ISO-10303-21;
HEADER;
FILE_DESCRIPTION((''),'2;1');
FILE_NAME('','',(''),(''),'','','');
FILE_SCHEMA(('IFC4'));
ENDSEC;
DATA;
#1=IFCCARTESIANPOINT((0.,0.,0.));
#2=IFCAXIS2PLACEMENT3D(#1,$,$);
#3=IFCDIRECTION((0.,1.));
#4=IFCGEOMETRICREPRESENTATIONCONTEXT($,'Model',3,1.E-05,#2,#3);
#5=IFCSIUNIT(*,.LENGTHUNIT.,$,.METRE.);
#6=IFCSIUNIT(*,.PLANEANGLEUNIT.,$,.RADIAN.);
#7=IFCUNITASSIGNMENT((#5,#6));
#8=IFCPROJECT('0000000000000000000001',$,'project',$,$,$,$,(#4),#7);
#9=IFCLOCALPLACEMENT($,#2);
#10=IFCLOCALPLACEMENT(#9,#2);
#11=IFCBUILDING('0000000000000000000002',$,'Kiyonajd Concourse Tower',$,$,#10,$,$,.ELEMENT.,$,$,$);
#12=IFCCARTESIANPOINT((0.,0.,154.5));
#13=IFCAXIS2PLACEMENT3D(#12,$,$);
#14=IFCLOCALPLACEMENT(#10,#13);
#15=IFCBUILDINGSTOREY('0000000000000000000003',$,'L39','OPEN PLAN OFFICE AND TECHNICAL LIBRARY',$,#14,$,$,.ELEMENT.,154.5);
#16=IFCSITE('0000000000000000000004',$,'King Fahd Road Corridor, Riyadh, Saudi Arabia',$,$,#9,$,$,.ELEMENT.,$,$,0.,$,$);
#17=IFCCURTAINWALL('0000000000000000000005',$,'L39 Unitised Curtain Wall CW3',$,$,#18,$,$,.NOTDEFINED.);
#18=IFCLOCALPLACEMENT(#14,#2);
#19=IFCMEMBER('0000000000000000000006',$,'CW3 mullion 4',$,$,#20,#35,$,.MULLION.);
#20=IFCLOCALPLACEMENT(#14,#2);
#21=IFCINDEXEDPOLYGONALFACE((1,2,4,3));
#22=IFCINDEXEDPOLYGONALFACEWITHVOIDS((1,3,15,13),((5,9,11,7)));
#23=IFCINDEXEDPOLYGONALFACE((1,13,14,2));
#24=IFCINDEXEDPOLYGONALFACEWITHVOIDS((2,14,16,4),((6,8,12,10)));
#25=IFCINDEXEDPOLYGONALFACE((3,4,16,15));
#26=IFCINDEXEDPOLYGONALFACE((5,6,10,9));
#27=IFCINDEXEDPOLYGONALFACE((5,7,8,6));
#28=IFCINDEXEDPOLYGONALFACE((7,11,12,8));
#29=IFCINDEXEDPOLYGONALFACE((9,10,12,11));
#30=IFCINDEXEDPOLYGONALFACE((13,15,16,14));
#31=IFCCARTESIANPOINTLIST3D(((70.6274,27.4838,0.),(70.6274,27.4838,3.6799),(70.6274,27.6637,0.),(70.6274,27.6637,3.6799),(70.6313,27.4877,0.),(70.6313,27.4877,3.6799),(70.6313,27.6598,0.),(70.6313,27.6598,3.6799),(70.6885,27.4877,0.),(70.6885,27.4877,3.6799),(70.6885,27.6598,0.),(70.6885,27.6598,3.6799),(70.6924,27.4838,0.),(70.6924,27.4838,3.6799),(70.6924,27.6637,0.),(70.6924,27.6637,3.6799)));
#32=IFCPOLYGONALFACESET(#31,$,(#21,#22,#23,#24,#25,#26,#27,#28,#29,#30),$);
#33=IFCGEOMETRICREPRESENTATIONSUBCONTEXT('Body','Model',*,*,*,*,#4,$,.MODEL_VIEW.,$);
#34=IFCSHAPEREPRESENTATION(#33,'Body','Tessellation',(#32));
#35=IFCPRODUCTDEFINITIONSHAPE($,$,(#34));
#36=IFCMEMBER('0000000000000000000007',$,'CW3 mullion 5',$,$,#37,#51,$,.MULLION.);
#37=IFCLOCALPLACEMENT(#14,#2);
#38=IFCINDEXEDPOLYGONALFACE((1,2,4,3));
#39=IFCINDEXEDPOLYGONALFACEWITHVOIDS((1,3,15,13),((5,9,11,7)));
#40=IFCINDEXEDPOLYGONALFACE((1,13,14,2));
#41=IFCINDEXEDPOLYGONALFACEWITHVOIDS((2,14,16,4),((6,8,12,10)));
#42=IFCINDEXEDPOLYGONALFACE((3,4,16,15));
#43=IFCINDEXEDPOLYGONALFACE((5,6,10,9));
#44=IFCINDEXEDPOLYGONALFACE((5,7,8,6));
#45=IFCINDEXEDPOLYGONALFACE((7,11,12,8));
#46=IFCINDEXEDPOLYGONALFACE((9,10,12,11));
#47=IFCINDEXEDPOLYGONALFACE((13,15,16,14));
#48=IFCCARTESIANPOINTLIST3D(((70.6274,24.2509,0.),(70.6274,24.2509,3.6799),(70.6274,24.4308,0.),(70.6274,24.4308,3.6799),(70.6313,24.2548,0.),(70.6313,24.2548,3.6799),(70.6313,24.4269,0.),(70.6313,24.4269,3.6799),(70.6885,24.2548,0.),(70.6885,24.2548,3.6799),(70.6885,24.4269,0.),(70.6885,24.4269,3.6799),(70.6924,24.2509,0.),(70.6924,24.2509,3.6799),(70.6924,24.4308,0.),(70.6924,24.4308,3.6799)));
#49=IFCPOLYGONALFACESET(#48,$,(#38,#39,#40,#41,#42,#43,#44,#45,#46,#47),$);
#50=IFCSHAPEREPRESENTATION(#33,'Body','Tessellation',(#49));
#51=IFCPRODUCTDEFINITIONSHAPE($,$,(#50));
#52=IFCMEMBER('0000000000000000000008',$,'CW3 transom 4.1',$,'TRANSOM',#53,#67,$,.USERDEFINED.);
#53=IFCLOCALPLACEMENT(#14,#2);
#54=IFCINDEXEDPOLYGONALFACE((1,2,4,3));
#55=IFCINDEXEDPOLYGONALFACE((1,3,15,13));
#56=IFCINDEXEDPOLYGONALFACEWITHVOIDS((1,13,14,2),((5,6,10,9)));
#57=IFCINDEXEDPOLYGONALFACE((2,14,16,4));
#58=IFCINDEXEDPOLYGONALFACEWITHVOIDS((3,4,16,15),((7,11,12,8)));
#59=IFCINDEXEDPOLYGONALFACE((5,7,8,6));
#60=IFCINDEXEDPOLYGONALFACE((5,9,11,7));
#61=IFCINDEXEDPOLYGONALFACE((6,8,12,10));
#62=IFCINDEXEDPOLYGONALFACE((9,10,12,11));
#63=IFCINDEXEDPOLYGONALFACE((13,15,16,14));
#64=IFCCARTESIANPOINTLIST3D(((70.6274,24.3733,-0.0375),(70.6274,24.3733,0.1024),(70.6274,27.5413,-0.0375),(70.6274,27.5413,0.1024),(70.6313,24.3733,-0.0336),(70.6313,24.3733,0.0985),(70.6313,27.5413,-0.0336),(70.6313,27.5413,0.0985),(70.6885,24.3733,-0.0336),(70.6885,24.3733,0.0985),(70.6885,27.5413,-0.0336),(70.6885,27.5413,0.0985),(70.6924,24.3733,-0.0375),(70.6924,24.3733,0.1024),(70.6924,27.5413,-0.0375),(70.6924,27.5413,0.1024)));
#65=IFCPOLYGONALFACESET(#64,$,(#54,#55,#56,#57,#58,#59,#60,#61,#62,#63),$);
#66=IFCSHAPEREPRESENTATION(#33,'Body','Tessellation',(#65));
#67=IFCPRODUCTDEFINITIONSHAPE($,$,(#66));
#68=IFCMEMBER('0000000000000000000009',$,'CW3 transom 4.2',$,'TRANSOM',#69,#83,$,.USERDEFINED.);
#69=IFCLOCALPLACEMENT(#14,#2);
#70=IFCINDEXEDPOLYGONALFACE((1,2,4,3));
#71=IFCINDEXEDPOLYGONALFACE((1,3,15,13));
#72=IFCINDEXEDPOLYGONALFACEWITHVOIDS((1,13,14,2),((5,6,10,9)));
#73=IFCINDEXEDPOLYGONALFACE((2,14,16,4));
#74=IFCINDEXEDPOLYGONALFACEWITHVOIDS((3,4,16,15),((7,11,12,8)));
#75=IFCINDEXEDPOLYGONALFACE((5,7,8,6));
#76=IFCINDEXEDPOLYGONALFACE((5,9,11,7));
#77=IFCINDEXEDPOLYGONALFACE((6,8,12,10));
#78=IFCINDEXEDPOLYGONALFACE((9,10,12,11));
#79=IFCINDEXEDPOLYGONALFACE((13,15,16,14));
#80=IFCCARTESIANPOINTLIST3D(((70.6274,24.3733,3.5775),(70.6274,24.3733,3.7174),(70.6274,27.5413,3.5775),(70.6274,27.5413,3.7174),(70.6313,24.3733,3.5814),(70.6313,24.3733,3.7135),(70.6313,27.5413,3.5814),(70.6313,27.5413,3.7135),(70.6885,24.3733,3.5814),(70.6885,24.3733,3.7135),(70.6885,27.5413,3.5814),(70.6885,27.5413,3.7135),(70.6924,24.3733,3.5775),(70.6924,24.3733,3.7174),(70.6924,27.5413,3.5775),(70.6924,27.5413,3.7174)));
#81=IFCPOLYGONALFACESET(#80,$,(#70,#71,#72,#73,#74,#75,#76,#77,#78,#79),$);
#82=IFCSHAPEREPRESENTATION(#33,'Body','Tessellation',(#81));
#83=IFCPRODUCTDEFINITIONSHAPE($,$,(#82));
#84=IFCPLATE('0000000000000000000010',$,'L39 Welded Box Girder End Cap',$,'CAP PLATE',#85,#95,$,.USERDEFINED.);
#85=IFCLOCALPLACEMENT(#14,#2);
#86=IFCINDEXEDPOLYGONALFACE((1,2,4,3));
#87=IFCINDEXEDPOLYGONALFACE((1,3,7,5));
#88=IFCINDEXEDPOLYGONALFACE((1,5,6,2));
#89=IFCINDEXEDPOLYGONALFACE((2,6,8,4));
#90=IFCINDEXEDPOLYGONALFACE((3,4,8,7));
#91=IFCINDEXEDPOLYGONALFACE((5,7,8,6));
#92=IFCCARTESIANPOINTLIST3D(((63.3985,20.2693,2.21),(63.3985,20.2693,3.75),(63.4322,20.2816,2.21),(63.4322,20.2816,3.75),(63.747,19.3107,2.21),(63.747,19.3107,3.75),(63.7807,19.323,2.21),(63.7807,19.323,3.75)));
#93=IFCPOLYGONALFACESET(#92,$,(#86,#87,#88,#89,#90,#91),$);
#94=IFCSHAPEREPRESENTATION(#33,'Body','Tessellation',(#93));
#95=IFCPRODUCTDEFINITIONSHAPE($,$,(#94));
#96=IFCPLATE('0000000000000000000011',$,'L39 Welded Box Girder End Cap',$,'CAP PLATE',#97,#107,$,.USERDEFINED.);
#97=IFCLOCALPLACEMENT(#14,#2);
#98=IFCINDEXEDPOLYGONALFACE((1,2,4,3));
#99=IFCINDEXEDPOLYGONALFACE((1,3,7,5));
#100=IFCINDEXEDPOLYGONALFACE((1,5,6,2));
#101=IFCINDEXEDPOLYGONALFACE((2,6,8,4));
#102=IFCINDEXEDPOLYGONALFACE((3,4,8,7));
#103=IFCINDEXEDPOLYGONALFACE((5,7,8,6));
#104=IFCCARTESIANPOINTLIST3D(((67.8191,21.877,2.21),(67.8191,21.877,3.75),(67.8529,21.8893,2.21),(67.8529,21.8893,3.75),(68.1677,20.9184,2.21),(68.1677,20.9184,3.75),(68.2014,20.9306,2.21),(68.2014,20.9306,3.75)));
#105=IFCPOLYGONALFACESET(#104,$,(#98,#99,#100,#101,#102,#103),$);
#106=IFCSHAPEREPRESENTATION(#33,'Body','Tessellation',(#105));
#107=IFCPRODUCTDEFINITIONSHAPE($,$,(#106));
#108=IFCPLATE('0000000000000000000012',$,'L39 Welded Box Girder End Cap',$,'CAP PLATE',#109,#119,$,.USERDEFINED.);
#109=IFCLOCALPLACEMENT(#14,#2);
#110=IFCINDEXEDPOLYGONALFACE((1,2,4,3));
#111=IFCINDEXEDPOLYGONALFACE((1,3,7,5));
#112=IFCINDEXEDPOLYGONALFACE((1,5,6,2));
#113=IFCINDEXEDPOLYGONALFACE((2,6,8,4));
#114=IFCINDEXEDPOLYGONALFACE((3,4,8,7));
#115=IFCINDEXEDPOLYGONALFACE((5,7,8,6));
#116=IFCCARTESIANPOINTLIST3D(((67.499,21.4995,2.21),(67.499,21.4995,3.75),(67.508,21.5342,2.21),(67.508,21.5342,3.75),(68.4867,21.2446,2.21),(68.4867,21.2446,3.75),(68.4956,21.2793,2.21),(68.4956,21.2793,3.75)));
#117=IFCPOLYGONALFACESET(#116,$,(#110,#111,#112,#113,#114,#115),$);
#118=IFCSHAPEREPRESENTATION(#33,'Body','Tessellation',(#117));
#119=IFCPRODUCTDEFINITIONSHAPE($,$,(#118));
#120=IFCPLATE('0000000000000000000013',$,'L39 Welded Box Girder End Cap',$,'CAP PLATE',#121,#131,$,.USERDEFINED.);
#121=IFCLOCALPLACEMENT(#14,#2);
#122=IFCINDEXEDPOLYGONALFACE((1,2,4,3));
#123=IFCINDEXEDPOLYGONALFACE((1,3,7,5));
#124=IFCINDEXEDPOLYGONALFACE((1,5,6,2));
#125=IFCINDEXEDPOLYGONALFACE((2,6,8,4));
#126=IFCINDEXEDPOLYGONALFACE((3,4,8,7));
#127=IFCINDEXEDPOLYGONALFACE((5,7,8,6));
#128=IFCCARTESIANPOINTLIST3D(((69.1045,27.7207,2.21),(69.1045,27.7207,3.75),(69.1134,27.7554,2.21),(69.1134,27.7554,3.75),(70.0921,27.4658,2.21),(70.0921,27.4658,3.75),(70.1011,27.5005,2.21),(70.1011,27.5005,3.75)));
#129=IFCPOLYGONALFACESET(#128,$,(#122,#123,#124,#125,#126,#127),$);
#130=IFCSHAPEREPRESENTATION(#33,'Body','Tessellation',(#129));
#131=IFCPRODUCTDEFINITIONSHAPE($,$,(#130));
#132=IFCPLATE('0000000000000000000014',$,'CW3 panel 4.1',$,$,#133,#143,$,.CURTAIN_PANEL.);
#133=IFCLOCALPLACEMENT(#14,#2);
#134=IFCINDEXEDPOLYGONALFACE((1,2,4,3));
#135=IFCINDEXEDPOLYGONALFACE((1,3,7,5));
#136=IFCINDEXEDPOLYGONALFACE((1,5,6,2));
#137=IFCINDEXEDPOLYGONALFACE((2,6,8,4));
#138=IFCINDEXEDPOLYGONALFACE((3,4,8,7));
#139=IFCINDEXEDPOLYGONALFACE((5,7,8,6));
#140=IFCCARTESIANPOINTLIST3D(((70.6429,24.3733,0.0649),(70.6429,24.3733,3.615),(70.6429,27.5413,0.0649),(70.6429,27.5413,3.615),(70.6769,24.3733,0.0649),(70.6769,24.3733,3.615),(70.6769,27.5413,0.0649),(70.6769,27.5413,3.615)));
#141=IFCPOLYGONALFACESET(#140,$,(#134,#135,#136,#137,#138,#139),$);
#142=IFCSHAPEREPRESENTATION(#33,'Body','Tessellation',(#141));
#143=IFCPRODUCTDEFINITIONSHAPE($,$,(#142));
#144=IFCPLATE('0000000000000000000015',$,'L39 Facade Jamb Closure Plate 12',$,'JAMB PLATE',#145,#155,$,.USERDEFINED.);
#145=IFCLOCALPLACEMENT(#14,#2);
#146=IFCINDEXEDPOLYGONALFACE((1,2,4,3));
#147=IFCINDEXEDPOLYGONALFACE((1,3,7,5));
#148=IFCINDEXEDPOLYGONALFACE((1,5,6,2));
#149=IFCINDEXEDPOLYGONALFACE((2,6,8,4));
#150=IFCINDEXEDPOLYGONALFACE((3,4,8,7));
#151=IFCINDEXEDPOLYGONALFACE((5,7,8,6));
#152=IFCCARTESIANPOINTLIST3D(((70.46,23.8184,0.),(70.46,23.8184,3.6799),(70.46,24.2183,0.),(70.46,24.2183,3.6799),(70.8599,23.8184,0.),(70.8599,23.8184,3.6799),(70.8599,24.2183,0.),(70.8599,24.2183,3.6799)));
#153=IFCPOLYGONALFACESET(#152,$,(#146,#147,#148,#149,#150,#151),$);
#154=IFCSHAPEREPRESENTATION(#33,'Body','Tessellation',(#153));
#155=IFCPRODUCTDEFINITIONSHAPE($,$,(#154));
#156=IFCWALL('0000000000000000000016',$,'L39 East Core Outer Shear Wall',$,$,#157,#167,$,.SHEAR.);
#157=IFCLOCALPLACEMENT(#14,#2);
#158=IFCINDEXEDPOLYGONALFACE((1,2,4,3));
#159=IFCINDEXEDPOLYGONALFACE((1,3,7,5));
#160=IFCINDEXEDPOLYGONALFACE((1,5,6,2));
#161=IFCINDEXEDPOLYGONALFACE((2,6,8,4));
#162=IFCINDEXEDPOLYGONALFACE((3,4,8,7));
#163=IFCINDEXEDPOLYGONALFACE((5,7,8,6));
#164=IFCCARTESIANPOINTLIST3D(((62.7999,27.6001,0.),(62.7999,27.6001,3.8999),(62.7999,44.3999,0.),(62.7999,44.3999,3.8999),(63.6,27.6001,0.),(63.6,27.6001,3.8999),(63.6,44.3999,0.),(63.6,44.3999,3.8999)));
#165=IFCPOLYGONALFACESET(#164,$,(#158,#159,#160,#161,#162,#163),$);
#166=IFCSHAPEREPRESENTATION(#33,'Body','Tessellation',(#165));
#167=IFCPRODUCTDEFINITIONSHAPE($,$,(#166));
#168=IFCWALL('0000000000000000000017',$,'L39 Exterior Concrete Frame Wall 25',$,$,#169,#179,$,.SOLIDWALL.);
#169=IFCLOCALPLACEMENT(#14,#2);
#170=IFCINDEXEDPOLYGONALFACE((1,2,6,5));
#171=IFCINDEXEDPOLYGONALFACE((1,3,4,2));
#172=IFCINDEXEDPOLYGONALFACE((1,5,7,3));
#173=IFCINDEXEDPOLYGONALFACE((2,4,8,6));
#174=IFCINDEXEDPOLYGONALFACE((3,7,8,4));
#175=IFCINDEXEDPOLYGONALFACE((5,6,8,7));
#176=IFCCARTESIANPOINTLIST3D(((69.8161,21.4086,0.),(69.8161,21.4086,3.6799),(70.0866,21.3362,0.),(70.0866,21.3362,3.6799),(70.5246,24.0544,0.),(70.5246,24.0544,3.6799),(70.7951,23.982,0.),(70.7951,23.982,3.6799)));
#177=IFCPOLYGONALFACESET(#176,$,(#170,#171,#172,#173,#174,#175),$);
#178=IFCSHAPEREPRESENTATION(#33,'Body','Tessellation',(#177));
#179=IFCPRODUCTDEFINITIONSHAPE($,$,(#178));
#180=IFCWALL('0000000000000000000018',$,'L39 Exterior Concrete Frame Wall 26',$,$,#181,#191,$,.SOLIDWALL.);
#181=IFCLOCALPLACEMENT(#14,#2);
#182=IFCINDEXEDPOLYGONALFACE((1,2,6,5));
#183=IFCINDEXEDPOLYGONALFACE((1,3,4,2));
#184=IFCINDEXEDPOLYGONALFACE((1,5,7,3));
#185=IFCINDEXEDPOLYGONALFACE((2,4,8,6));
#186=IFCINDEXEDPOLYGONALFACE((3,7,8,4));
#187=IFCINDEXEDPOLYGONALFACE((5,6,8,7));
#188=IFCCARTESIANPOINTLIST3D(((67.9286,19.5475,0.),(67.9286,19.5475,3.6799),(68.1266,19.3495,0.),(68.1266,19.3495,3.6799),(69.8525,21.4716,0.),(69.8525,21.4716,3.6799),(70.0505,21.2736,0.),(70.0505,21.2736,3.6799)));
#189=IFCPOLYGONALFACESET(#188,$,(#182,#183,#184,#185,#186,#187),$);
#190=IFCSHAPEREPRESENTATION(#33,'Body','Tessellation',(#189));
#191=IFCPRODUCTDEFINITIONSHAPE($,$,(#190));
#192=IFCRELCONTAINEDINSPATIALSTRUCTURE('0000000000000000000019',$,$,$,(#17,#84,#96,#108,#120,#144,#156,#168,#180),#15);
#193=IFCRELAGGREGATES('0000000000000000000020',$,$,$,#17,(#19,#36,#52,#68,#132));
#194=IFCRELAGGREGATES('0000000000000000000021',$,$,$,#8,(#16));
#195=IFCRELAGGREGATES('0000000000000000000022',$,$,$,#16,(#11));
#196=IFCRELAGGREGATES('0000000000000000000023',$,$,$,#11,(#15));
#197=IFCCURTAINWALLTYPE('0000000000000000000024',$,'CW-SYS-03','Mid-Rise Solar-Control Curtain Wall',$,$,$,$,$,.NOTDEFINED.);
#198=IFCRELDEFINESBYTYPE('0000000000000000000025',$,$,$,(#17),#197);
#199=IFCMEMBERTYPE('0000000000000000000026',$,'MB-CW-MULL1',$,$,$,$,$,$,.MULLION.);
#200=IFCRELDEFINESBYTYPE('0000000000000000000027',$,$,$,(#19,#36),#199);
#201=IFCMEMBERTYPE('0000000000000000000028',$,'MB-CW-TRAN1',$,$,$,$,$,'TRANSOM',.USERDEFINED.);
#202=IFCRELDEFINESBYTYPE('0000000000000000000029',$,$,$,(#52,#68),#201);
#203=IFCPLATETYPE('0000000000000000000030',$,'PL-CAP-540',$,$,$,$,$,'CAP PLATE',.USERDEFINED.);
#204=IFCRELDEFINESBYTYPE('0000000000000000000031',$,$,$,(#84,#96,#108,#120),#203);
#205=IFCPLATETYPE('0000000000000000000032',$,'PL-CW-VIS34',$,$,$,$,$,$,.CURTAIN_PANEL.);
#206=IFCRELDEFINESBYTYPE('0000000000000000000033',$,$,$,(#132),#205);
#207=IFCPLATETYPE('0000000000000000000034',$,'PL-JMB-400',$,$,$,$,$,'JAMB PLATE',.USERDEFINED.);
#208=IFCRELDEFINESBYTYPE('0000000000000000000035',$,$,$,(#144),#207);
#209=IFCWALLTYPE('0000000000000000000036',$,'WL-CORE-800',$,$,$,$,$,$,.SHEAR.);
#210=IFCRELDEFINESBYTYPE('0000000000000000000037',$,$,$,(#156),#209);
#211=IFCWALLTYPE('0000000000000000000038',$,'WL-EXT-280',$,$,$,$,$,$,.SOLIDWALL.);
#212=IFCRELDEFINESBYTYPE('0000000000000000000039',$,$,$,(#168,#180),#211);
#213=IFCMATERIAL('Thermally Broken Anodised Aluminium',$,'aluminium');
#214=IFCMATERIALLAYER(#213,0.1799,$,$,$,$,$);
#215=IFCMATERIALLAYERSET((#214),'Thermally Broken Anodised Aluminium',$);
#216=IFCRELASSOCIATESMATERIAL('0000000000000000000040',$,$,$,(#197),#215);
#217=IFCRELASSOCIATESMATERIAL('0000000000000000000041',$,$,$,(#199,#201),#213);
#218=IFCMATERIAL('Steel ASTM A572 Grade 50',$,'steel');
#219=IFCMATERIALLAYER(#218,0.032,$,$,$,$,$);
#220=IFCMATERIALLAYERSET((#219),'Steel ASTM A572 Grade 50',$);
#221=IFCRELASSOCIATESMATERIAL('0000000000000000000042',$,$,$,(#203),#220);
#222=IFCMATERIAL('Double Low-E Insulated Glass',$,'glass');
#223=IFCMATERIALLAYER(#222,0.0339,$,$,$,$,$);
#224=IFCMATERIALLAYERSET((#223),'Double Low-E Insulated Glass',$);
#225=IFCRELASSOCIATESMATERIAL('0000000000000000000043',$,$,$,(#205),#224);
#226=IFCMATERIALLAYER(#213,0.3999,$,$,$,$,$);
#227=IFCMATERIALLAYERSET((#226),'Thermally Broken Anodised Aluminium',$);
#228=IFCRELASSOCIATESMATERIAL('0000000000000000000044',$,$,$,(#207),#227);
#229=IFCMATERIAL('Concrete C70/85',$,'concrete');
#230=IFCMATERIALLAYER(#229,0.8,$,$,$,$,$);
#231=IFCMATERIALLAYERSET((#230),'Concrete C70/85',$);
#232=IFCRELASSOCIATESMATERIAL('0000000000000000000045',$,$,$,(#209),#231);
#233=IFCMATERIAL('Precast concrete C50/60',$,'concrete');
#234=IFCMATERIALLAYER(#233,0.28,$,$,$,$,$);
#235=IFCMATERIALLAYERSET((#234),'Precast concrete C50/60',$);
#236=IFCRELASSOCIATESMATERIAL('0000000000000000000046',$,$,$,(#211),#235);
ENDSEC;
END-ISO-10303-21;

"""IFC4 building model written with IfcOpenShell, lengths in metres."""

from ifc_helpers import new_model, si_unit, direction, frame, frame_2d, origin, origin_2d, place, context, subcontext, project, spatial, rectangle, hollow_rectangle, extrude, material, layer, layer_set, material_profile, profile_set, type_object, element, aggregate, save


model = new_model("IFC4")

# Units and contexts
model_context = context("Model", 3, precision=1e-05, world=origin(), true_north=direction((0.0, 1.0)))
body_context = subcontext(model_context, "Body", "Model", "MODEL_VIEW")
ifc_project = project(units=[si_unit("LENGTHUNIT", "METRE"), si_unit("PLANEANGLEUNIT", "RADIAN")], contexts=[model_context])

# Site, building, storey
site_placement = place(None, origin())
site = spatial("IfcSite", under=ifc_project, at=site_placement, Name="King Fahd Road Corridor, Riyadh, Saudi Arabia", CompositionType="ELEMENT", RefElevation=0.0)
building_placement = place(site_placement, origin())
building = spatial("IfcBuilding", under=site, at=building_placement, Name="Kiyonajd Concourse Tower", CompositionType="ELEMENT")
storey_placement = place(building_placement, frame((0.0, 0.0, 154.5)))
storey = spatial("IfcBuildingStorey", under=building, at=storey_placement, Name="L39", Description="OPEN PLAN OFFICE AND TECHNICAL LIBRARY", CompositionType="ELEMENT", Elevation=154.5)

# Shared definitions
ifc_material_1 = material(Name="Concrete C70/85", Category="concrete")

# Shared definitions
ifc_material_2 = material(Name="Steel ASTM A572 Grade 50", Category="steel")

# Curtain wall, members
ifc_material_3 = material(Name="Thermally Broken Anodised Aluminium", Category="aluminium")
ifc_layer_1 = layer(ifc_material_3, 0.1799)
ifc_layer_set_1 = layer_set([ifc_layer_1], Name="Thermally Broken Anodised Aluminium")
curtain_wall_type = type_object("IfcCurtainWallType", Name="CW-SYS-03", Description="Mid-Rise Solar-Control Curtain Wall", PredefinedType="NOTDEFINED", material=ifc_layer_set_1)
curtain_wall_placement = place(storey_placement, origin())
curtain_wall = element("IfcCurtainWall", 1, at=curtain_wall_placement, inside=storey, type_object=curtain_wall_type, Name="L39 Unitised Curtain Wall CW3", PredefinedType="NOTDEFINED")
ifc_material_profile_1 = material_profile(ifc_material_3, hollow_rectangle(XDim=0.0649, YDim=0.1799, WallThickness=0.0039, at=origin_2d()), Name="MULL-65x180")
ifc_profile_set_1 = profile_set([ifc_material_profile_1], Name="Thermally Broken Anodised Aluminium")
member_type_1 = type_object("IfcMemberType", Name="MB-CW-MULL1", PredefinedType="MULLION", material=ifc_profile_set_1)
member_1_placement = place(storey_placement, frame((70.6599, 27.5737, 0.0), z_axis=(0.0, 0.0, 1.0), x_axis=(1.0, 0.0, 0.0)))
member_1 = element("IfcMember", 2, at=member_1_placement, type_object=member_type_1, Name="CW3 mullion 4", PredefinedType="MULLION", context=body_context, shape_type="SweptSolid", body=[
    extrude(hollow_rectangle(XDim=0.0649, YDim=0.1799, WallThickness=0.0039, at=origin_2d()), origin(), (0.0, 0.0, 1.0), 3.6799),
])
member_2_placement = place(storey_placement, frame((70.6599, 24.3408, 0.0), z_axis=(0.0, 0.0, 1.0), x_axis=(1.0, 0.0, 0.0)))
member_2 = element("IfcMember", 3, at=member_2_placement, type_object=member_type_1, Name="CW3 mullion 5", PredefinedType="MULLION", context=body_context, shape_type="SweptSolid", body=[
    extrude(hollow_rectangle(XDim=0.0649, YDim=0.1799, WallThickness=0.0039, at=origin_2d()), origin(), (0.0, 0.0, 1.0), 3.6799),
])
ifc_material_profile_2 = material_profile(ifc_material_3, hollow_rectangle(XDim=0.0649, YDim=0.1399, WallThickness=0.0039, at=origin_2d()), Name="TRAN-65x140")
ifc_profile_set_2 = profile_set([ifc_material_profile_2], Name="Thermally Broken Anodised Aluminium")
member_type_2 = type_object("IfcMemberType", Name="MB-CW-TRAN1", ElementType="TRANSOM", PredefinedType="USERDEFINED", material=ifc_profile_set_2)
member_3_placement = place(storey_placement, frame((70.6599, 27.5413, 0.0325), z_axis=(0.0, -1.0, 0.0), x_axis=(1.0, 0.0, 0.0)))
member_3 = element("IfcMember", 4, at=member_3_placement, type_object=member_type_2, Name="CW3 transom 4.1", ObjectType="TRANSOM", PredefinedType="USERDEFINED", context=body_context, shape_type="SweptSolid", body=[
    extrude(hollow_rectangle(XDim=0.0649, YDim=0.1399, WallThickness=0.0039, at=origin_2d()), origin(), (0.0, 0.0, 1.0), 3.168),
])
member_4_placement = place(storey_placement, frame((70.6599, 27.5413, 3.6475), z_axis=(0.0, -1.0, 0.0), x_axis=(1.0, 0.0, 0.0)))
member_4 = element("IfcMember", 5, at=member_4_placement, type_object=member_type_2, Name="CW3 transom 4.2", ObjectType="TRANSOM", PredefinedType="USERDEFINED", context=body_context, shape_type="SweptSolid", body=[
    extrude(hollow_rectangle(XDim=0.0649, YDim=0.1399, WallThickness=0.0039, at=origin_2d()), origin(), (0.0, 0.0, 1.0), 3.168),
])

# Plates
ifc_layer_2 = layer(ifc_material_2, 0.032)
ifc_layer_set_2 = layer_set([ifc_layer_2], Name="Steel ASTM A572 Grade 50")
plate_type_1 = type_object("IfcPlateType", Name="PL-CAP-540", ElementType="CAP PLATE", PredefinedType="USERDEFINED", material=ifc_layer_set_2)
for number, where, z_axis, x_axis, name in (
    (6, (63.5896, 19.7961, 2.21), (0.0, 0.0, 1.0), (-0.939812, -0.341692, 0.0), "L39 Welded Box Girder End Cap"),
    (7, (68.0103, 21.4038, 2.21), (0.0, 0.0, 1.0), (0.939812, 0.341692, 0.0), "L39 Welded Box Girder End Cap"),
    (8, (67.9973, 21.3894, 2.21), (0.0, 0.0, 1.0), (-0.249873, -0.968279, 0.0), "L39 Welded Box Girder End Cap"),
    (9, (69.6028, 27.6106, 2.21), (0.0, 0.0, 1.0), (0.249873, 0.968279, 0.0), "L39 Welded Box Girder End Cap"),
):
    element("IfcPlate", number, at=place(storey_placement, frame(where, z_axis=z_axis, x_axis=x_axis)), inside=storey, type_object=plate_type_1, Name=name, ObjectType="CAP PLATE", PredefinedType="USERDEFINED", context=body_context, shape_type="SweptSolid", body=[
        extrude(rectangle(XDim=0.0359, YDim=1.02, at=origin_2d()), origin(), (0.0, 0.0, 1.0), 1.54),
    ])

# Plates
ifc_material_4 = material(Name="Double Low-E Insulated Glass", Category="glass")
ifc_layer_3 = layer(ifc_material_4, 0.0339)
ifc_layer_set_3 = layer_set([ifc_layer_3], Name="Double Low-E Insulated Glass")
plate_type_2 = type_object("IfcPlateType", Name="PL-CW-VIS34", PredefinedType="CURTAIN_PANEL", material=ifc_layer_set_3)
plate_1_placement = place(storey_placement, frame((70.6599, 25.9573, 0.0649), z_axis=(0.0, 0.0, 1.0), x_axis=(0.0, -1.0, 0.0)))
plate_1 = element("IfcPlate", 10, at=plate_1_placement, type_object=plate_type_2, Name="CW3 panel 4.1", PredefinedType="CURTAIN_PANEL", context=body_context, shape_type="SweptSolid", body=[
    extrude(rectangle(XDim=3.168, YDim=0.0339, at=origin_2d()), origin(), (0.0, 0.0, 1.0), 3.55),
])
aggregate(curtain_wall, [member_1, member_2, member_3, member_4, plate_1])
ifc_layer_4 = layer(ifc_material_3, 0.3999)
ifc_layer_set_4 = layer_set([ifc_layer_4], Name="Thermally Broken Anodised Aluminium")
plate_type_3 = type_object("IfcPlateType", Name="PL-JMB-400", ElementType="JAMB PLATE", PredefinedType="USERDEFINED", material=ifc_layer_set_4)
plate_2_placement = place(storey_placement, frame((70.6599, 24.0183, 0.0), z_axis=(0.0, 0.0, 1.0), x_axis=(1.0, 0.0, 0.0)))
element("IfcPlate", 11, at=plate_2_placement, inside=storey, type_object=plate_type_3, Name="L39 Facade Jamb Closure Plate 12", ObjectType="JAMB PLATE", PredefinedType="USERDEFINED", context=body_context, shape_type="SweptSolid", body=[
    extrude(rectangle(XDim=0.3999, YDim=0.3999, at=origin_2d()), origin(), (0.0, 0.0, 1.0), 3.6799),
])

# Walls
ifc_layer_5 = layer(ifc_material_1, 0.8)
ifc_layer_set_5 = layer_set([ifc_layer_5], Name="Concrete C70/85")
wall_type_1 = type_object("IfcWallType", Name="WL-CORE-800", PredefinedType="SHEAR", material=ifc_layer_set_5)
wall_1_placement = place(storey_placement, frame((63.2, 27.6001, 0.0), z_axis=(0.0, 0.0, 1.0), x_axis=(0.0, 1.0, 0.0)))
element("IfcWall", 12, at=wall_1_placement, inside=storey, type_object=wall_type_1, Name="L39 East Core Outer Shear Wall", PredefinedType="SHEAR", context=body_context, shape_type="SweptSolid", body=[
    extrude(rectangle(XDim=16.7998, YDim=0.8, at=frame_2d((8.3999, 0.0))), origin(), (0.0, 0.0, 1.0), 3.8999),
])
ifc_material_5 = material(Name="Precast concrete C50/60", Category="concrete")
ifc_layer_6 = layer(ifc_material_5, 0.28)
ifc_layer_set_6 = layer_set([ifc_layer_6], Name="Precast concrete C50/60")
wall_type_2 = type_object("IfcWallType", Name="WL-EXT-280", PredefinedType="SOLIDWALL", material=ifc_layer_set_6)
wall_2_placement = place(storey_placement, frame((70.6599, 24.0183, 0.0), z_axis=(0.0, 0.0, 1.0), x_axis=(-0.258672, -0.965965, 0.0)))
element("IfcWall", 13, at=wall_2_placement, inside=storey, type_object=wall_type_2, Name="L39 Exterior Concrete Frame Wall 25", PredefinedType="SOLIDWALL", context=body_context, shape_type="SweptSolid", body=[
    extrude(rectangle(XDim=2.739, YDim=0.28, at=frame_2d((1.3696, 0.0))), origin(), (0.0, 0.0, 1.0), 3.6799),
])
wall_3_placement = place(storey_placement, frame((69.9514, 21.3726, 0.0), z_axis=(0.0, 0.0, 1.0), x_axis=(-0.707062, -0.707152, 0.0)))
element("IfcWall", 14, at=wall_3_placement, inside=storey, type_object=wall_type_2, Name="L39 Exterior Concrete Frame Wall 26", PredefinedType="SOLIDWALL", context=body_context, shape_type="SweptSolid", body=[
    extrude(rectangle(XDim=2.7209, YDim=0.28, at=frame_2d((1.3604, 0.0))), origin(), (0.0, 0.0, 1.0), 3.6799),
])

save(model, "model.ifc")
